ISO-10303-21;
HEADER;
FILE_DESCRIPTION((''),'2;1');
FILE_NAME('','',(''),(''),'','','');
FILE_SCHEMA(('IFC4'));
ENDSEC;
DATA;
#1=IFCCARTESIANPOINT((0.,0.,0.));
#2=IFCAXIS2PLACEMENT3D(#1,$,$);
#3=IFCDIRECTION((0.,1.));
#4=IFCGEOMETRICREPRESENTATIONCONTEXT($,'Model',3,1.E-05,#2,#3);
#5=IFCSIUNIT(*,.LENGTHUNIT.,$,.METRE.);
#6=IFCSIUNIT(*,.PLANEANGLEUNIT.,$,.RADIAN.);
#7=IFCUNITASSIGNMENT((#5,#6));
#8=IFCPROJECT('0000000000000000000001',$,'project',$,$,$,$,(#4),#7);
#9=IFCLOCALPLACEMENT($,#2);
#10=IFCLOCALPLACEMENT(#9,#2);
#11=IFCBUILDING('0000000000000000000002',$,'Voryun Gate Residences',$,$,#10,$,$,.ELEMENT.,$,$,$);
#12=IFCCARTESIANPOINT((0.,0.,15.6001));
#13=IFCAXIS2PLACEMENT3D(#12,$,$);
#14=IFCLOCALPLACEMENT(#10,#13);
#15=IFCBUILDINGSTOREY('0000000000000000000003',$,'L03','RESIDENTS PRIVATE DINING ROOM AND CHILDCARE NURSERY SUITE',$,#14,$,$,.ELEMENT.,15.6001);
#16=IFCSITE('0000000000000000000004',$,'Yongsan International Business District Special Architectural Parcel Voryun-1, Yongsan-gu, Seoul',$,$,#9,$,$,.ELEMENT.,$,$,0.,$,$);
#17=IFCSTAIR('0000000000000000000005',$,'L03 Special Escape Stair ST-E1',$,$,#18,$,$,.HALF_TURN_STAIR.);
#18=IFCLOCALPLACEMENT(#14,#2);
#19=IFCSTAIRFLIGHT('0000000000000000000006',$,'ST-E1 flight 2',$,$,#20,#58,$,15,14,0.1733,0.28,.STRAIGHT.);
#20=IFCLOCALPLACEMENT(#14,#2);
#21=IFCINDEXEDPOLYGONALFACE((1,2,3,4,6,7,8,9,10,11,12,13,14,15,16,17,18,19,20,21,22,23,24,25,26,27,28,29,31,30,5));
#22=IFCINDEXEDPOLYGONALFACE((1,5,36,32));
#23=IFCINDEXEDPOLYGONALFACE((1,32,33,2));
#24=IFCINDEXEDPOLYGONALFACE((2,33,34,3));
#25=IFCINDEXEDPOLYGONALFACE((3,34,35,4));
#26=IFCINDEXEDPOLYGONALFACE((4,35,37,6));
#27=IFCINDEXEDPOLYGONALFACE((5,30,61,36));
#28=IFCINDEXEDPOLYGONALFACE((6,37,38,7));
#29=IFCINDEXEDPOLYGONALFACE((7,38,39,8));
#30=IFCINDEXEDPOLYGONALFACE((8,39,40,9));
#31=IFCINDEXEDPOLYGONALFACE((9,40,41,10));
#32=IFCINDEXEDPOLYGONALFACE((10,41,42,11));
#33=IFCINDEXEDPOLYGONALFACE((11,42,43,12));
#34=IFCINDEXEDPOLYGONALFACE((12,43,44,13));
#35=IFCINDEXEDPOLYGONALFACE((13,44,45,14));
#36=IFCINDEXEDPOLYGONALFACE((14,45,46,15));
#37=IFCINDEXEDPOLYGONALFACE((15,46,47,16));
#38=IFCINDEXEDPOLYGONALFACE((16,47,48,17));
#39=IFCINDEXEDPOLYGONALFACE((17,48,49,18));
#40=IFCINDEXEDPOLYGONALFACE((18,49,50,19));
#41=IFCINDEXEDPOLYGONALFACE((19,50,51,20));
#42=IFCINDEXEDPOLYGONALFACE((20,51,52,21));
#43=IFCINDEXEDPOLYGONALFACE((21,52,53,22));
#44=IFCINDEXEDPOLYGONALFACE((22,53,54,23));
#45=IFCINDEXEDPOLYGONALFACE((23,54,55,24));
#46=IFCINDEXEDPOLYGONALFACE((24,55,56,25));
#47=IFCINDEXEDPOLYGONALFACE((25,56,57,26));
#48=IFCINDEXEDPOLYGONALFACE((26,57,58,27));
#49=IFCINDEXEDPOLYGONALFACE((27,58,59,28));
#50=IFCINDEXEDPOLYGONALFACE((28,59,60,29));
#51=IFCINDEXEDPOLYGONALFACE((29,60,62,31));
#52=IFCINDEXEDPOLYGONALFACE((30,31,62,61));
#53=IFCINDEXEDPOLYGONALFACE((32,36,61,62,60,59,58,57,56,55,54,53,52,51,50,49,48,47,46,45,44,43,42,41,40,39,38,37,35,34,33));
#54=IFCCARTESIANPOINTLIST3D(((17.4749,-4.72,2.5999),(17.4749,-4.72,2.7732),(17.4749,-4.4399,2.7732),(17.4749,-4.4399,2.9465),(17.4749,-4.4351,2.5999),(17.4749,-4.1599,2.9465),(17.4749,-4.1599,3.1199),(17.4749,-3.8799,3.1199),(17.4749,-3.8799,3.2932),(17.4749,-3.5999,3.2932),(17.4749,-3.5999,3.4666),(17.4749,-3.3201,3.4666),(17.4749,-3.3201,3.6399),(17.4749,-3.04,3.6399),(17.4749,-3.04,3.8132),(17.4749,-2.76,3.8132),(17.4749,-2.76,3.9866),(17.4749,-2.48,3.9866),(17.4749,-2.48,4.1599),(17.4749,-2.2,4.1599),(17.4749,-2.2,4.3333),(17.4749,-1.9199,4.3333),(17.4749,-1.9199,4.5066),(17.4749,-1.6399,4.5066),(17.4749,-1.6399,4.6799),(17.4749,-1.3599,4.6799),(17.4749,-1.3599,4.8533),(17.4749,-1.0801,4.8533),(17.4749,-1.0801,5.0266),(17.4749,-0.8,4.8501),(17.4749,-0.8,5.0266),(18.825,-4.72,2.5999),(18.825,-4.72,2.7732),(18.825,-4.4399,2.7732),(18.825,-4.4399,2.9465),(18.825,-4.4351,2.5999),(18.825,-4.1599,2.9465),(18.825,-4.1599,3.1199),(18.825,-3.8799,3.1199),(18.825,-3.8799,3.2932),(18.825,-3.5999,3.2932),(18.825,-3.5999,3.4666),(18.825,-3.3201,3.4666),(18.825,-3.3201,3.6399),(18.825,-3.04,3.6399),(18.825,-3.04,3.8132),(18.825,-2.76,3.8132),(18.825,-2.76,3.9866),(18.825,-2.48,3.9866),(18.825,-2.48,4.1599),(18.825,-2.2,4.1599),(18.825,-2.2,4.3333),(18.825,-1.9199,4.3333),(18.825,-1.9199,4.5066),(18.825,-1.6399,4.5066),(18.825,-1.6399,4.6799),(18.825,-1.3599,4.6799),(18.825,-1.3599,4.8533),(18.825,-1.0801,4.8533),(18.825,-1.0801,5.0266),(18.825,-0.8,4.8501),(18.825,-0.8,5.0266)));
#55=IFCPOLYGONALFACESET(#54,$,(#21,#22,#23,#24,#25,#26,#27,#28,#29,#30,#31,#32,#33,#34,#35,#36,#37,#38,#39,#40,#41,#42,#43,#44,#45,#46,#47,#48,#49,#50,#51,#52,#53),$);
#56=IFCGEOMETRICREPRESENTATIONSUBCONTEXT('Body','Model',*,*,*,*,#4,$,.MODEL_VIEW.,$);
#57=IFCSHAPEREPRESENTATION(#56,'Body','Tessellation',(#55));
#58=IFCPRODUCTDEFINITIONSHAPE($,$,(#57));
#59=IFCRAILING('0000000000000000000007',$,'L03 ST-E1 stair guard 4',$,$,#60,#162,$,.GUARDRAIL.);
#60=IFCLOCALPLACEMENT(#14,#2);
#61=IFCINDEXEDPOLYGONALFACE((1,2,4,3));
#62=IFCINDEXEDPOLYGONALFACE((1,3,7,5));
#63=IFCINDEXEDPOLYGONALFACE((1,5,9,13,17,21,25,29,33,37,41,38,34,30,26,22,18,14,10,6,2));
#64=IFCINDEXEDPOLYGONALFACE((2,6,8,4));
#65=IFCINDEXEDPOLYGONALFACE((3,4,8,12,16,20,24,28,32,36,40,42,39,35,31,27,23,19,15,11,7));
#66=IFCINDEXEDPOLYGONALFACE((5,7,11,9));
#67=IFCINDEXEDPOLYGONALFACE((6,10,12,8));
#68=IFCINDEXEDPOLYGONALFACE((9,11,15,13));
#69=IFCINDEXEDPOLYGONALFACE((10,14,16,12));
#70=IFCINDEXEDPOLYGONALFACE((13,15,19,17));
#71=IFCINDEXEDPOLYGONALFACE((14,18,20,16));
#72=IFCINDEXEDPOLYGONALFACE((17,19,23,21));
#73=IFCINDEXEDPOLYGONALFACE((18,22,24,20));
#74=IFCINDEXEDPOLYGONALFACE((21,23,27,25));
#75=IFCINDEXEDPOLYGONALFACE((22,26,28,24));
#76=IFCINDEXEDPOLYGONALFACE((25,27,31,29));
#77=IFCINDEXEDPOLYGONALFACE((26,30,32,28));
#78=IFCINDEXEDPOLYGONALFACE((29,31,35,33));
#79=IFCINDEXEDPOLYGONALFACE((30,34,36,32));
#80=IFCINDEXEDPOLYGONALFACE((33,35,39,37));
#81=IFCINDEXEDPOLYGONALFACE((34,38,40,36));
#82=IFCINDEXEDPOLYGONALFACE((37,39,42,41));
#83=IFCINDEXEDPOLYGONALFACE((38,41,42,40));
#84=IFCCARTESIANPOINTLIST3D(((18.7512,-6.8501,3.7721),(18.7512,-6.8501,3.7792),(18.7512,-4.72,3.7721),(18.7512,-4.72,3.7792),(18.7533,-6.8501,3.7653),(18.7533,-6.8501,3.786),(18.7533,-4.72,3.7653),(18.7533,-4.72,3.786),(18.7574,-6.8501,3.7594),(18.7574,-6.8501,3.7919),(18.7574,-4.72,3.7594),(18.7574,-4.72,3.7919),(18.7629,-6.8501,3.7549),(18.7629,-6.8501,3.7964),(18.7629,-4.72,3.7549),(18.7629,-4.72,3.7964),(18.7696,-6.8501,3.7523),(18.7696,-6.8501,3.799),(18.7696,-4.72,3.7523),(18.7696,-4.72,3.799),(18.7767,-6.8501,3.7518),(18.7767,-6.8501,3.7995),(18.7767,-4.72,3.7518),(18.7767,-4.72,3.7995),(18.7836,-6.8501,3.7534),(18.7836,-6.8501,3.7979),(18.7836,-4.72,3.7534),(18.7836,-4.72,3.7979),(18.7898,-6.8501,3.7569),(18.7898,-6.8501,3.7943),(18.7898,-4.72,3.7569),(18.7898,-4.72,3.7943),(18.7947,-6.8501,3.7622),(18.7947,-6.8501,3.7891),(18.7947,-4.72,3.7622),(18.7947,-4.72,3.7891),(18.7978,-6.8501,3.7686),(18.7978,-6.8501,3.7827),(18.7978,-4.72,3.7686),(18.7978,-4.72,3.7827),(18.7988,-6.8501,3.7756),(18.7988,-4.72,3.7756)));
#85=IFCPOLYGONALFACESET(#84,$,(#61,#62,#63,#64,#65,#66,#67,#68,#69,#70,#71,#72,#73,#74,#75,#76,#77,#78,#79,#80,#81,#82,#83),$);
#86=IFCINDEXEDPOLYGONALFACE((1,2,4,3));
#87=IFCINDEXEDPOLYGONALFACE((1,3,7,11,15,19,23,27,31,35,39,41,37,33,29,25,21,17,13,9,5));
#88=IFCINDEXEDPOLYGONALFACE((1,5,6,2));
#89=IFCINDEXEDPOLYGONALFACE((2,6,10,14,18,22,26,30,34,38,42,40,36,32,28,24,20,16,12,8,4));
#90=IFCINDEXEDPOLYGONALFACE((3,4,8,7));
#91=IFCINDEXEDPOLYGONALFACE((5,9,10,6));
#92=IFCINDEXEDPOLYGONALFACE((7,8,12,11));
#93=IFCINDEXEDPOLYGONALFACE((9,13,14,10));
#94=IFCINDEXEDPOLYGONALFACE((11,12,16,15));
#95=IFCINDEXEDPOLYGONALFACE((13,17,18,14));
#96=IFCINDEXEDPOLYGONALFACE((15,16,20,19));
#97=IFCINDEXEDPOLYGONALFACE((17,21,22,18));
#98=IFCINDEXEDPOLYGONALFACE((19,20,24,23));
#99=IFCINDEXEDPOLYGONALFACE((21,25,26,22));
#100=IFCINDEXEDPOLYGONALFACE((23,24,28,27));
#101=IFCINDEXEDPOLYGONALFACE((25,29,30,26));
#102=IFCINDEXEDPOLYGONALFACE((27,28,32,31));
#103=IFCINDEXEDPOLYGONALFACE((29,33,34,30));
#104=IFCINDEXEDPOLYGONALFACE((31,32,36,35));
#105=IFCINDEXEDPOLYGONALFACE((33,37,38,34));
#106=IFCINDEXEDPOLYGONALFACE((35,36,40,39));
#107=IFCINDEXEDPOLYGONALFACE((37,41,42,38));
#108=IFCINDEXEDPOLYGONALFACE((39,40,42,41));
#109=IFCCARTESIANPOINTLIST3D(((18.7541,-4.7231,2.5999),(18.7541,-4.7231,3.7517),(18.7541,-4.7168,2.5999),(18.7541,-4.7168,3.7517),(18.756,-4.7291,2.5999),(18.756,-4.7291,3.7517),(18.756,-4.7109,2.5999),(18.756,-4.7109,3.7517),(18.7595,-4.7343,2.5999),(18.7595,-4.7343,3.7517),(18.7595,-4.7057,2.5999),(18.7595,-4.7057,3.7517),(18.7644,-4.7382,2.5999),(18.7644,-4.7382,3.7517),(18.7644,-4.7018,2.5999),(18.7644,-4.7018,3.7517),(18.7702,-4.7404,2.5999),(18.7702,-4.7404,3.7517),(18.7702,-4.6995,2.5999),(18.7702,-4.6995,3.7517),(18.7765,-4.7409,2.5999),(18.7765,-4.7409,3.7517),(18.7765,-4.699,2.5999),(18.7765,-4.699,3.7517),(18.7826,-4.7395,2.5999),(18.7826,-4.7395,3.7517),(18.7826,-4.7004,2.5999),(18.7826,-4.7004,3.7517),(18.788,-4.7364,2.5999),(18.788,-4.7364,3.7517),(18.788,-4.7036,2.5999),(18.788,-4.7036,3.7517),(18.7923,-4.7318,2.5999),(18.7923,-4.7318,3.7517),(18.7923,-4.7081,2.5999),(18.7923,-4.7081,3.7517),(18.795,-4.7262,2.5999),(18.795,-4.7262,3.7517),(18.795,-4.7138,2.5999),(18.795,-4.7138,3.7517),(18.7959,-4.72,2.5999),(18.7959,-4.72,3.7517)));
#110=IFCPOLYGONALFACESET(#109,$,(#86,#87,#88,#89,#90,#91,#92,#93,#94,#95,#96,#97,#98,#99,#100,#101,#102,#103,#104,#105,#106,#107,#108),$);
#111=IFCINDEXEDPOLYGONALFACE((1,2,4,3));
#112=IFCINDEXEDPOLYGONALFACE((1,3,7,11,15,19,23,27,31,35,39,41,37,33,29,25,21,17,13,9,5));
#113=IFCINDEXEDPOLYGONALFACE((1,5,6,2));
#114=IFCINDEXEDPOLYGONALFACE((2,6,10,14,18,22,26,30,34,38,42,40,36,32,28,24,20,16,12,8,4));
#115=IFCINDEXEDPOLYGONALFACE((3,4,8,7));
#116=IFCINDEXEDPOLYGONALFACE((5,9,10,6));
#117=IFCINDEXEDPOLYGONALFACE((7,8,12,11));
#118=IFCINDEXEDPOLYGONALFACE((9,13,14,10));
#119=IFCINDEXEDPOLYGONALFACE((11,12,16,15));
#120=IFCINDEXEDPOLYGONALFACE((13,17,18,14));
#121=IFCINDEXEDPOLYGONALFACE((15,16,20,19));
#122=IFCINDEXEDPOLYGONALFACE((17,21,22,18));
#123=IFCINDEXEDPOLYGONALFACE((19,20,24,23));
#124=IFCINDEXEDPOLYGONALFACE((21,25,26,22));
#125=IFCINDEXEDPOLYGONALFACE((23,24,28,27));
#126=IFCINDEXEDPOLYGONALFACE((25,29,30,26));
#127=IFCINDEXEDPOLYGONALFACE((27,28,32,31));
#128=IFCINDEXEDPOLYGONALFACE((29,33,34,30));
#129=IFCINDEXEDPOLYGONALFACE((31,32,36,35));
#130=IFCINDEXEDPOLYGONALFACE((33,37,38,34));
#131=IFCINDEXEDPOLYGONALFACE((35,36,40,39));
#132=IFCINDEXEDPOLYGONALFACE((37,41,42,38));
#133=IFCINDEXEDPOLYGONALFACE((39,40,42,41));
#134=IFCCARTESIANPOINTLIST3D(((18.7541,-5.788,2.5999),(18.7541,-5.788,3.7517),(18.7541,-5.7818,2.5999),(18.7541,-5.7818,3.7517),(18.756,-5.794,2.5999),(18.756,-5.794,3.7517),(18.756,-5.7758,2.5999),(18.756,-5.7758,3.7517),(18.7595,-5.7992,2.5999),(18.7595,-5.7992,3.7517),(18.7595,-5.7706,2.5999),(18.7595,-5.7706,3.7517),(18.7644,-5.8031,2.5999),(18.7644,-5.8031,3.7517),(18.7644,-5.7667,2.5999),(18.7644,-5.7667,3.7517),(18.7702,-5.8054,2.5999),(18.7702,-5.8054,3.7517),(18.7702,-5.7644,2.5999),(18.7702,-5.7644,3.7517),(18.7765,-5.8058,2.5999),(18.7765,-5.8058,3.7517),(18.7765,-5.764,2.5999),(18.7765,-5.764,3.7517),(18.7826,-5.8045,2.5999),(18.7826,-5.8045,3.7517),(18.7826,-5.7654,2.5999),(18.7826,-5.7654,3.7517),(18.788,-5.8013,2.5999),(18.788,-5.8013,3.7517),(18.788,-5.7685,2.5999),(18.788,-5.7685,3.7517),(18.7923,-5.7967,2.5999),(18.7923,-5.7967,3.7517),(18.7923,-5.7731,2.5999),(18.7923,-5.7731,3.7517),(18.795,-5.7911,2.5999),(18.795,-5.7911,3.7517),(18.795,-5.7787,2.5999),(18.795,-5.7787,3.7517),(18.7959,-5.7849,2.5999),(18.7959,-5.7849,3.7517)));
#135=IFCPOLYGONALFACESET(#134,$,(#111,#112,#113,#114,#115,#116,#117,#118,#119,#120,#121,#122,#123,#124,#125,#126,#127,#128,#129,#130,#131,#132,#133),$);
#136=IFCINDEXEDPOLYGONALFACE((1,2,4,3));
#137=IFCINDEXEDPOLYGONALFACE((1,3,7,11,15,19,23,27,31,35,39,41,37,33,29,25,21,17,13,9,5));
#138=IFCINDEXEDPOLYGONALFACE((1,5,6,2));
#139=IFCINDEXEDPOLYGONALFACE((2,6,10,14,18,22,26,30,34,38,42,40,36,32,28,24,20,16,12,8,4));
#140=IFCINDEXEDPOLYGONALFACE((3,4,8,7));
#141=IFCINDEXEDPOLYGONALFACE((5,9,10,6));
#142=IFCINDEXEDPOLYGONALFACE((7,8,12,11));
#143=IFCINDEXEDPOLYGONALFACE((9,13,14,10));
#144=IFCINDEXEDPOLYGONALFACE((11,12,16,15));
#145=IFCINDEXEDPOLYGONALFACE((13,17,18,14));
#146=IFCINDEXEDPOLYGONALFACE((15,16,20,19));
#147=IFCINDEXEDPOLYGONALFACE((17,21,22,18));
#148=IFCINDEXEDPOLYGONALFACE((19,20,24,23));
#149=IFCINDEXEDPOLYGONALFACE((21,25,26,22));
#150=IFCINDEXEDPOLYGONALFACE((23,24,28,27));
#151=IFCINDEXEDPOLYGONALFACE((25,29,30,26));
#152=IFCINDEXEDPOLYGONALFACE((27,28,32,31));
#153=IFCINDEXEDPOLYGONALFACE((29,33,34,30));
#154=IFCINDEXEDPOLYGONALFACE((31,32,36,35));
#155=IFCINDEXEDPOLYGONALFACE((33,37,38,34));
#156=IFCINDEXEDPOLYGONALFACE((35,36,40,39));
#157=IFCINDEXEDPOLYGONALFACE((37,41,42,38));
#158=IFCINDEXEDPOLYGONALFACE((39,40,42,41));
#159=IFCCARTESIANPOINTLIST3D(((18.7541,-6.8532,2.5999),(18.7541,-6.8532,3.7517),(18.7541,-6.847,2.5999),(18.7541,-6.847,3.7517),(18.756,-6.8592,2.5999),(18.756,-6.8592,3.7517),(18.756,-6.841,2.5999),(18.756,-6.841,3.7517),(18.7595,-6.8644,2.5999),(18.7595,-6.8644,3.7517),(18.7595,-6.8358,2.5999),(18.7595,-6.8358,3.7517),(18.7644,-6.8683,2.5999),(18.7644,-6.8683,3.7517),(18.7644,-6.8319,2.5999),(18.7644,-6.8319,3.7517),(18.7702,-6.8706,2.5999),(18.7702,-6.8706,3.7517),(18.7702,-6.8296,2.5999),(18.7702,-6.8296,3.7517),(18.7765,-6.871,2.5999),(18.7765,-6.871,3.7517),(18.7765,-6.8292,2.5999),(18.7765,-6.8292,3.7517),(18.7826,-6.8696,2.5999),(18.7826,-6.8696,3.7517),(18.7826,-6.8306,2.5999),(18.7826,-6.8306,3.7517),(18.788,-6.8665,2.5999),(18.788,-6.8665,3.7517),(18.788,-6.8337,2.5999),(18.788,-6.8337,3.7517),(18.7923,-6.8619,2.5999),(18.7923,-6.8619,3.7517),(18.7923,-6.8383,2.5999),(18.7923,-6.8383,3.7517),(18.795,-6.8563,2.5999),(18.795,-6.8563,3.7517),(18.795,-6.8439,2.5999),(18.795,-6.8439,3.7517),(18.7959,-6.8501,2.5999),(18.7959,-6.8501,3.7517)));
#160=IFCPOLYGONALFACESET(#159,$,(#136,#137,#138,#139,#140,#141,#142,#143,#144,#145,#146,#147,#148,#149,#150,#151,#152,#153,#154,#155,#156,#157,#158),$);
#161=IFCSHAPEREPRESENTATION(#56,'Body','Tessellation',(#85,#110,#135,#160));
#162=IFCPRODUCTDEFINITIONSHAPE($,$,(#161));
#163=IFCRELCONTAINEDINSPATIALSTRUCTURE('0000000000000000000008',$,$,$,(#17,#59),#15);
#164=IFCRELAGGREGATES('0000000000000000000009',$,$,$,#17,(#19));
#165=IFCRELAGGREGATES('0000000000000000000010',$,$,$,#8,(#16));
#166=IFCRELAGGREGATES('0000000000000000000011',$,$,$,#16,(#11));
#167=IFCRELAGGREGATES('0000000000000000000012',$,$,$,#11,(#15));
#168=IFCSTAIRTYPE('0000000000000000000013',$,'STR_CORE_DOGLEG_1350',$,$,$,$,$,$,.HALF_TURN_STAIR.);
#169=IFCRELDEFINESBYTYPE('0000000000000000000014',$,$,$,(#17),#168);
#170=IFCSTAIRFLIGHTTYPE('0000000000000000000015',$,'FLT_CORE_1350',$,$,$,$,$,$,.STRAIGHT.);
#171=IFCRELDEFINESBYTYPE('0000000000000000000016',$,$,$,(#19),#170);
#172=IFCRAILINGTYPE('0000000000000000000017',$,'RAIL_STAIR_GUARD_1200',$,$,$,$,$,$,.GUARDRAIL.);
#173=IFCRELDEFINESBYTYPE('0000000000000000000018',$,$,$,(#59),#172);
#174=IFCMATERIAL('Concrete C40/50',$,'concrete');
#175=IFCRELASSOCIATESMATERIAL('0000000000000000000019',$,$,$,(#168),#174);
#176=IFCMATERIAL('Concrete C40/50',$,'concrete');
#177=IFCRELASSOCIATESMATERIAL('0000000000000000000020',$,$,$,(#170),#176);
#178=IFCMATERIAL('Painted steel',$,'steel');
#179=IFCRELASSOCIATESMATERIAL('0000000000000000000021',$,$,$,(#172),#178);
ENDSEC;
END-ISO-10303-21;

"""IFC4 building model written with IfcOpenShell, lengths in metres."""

from ifc_helpers import new_model, si_unit, direction, frame, origin, origin_2d, place, context, subcontext, project, spatial, polyline, circle, outline, extrude, material, type_object, element, aggregate, save


model = new_model("IFC4")

# Units and contexts
model_context = context("Model", 3, precision=1e-05, world=origin(), true_north=direction((0.0, 1.0)))
body_context = subcontext(model_context, "Body", "Model", "MODEL_VIEW")
ifc_project = project(units=[si_unit("LENGTHUNIT", "METRE"), si_unit("PLANEANGLEUNIT", "RADIAN")], contexts=[model_context])

# Site, building, storey
site_placement = place(None, origin())
site = spatial("IfcSite", under=ifc_project, at=site_placement, Name="Yongsan International Business District Special Architectural Parcel Voryun-1, Yongsan-gu, Seoul", CompositionType="ELEMENT", RefElevation=0.0)
building_placement = place(site_placement, origin())
building = spatial("IfcBuilding", under=site, at=building_placement, Name="Voryun Gate Residences", CompositionType="ELEMENT")
storey_placement = place(building_placement, frame((0.0, 0.0, 15.6001)))
storey = spatial("IfcBuildingStorey", under=building, at=storey_placement, Name="L03", Description="RESIDENTS PRIVATE DINING ROOM AND CHILDCARE NURSERY SUITE", CompositionType="ELEMENT", Elevation=15.6001)

# Stair, stair flight
ifc_material_1 = material(Name="Concrete C40/50", Category="concrete")
stair_type = type_object("IfcStairType", Name="STR_CORE_DOGLEG_1350", PredefinedType="HALF_TURN_STAIR", material=ifc_material_1)
stair_placement = place(storey_placement, origin())
stair = element("IfcStair", 1, at=stair_placement, inside=storey, type_object=stair_type, Name="L03 Special Escape Stair ST-E1", PredefinedType="HALF_TURN_STAIR")
ifc_material_2 = material(Name="Concrete C40/50", Category="concrete")
stair_flight_type = type_object("IfcStairFlightType", Name="FLT_CORE_1350", PredefinedType="STRAIGHT", material=ifc_material_2)
stair_flight_placement = place(storey_placement, frame((18.1499, -4.72, 2.5999), z_axis=(0.0, 0.0, 1.0), x_axis=(0.0, 1.0, 0.0)))
stair_flight = element("IfcStairFlight", 2, at=stair_flight_placement, type_object=stair_flight_type, Name="ST-E1 flight 2", NumberOfRisers=15, NumberOfTreads=14, PredefinedType="STRAIGHT", RiserHeight=0.1733, TreadLength=0.28, context=body_context, shape_type="SweptSolid", body=[
    extrude(outline(polyline([(0.0, 0.0), (0.0, 0.1733), (0.28, 0.1733), (0.28, 0.3467), (0.5601, 0.3467), (0.5601, 0.52), (0.8401, 0.52), (0.8401, 0.6934), (1.1201, 0.6934), (1.1201, 0.8667), (1.3999, 0.8667), (1.3999, 1.04), (1.6799, 1.04), (1.6799, 1.2134), (1.96, 1.2134), (1.96, 1.3867), (2.24, 1.3867), (2.24, 1.5601), (2.52, 1.5601), (2.52, 1.7334), (2.8, 1.7334), (2.8, 1.9067), (3.0801, 1.9067), (3.0801, 2.0801), (3.3601, 2.0801), (3.3601, 2.2534), (3.6399, 2.2534), (3.6399, 2.4268), (3.9199, 2.4268), (3.9199, 2.6001), (3.9199, 2.2502), (0.2849, 0.0), (0.0, 0.0)])), frame((0.0, 0.675, 0.0), z_axis=(0.0, -1.0, 0.0), x_axis=(1.0, 0.0, 0.0)), (0.0, 0.0, 1.0), 1.3501),
])
aggregate(stair, [stair_flight])

# Railing
ifc_material_3 = material(Name="Painted steel", Category="steel")
railing_type_1 = type_object("IfcRailingType", Name="RAIL_STAIR_GUARD_1200", PredefinedType="GUARDRAIL", material=ifc_material_3)
railing_1_placement = place(storey_placement, frame((18.7749, -4.72, 2.5999)))
element("IfcRailing", 3, at=railing_1_placement, inside=storey, type_object=railing_type_1, Name="L03 ST-E1 stair guard 4", PredefinedType="GUARDRAIL", context=body_context, shape_type="SweptSolid", body=[
    extrude(circle(Radius=0.0239, at=origin_2d()), frame((0.0, 0.0, 1.1758), z_axis=(0.0, -1.0, 0.0), x_axis=(1.0, 0.0, 0.0)), (0.0, 0.0, 1.0), 2.1301),
    extrude(circle(Radius=0.021, at=origin_2d()), origin(), (0.0, 0.0, 1.0), 1.1519),
    extrude(circle(Radius=0.021, at=origin_2d()), frame((0.0, -1.0649, 0.0)), (0.0, 0.0, 1.0), 1.1519),
    extrude(circle(Radius=0.021, at=origin_2d()), frame((0.0, -2.1301, 0.0)), (0.0, 0.0, 1.0), 1.1519),
])

save(model, "model.ifc")
